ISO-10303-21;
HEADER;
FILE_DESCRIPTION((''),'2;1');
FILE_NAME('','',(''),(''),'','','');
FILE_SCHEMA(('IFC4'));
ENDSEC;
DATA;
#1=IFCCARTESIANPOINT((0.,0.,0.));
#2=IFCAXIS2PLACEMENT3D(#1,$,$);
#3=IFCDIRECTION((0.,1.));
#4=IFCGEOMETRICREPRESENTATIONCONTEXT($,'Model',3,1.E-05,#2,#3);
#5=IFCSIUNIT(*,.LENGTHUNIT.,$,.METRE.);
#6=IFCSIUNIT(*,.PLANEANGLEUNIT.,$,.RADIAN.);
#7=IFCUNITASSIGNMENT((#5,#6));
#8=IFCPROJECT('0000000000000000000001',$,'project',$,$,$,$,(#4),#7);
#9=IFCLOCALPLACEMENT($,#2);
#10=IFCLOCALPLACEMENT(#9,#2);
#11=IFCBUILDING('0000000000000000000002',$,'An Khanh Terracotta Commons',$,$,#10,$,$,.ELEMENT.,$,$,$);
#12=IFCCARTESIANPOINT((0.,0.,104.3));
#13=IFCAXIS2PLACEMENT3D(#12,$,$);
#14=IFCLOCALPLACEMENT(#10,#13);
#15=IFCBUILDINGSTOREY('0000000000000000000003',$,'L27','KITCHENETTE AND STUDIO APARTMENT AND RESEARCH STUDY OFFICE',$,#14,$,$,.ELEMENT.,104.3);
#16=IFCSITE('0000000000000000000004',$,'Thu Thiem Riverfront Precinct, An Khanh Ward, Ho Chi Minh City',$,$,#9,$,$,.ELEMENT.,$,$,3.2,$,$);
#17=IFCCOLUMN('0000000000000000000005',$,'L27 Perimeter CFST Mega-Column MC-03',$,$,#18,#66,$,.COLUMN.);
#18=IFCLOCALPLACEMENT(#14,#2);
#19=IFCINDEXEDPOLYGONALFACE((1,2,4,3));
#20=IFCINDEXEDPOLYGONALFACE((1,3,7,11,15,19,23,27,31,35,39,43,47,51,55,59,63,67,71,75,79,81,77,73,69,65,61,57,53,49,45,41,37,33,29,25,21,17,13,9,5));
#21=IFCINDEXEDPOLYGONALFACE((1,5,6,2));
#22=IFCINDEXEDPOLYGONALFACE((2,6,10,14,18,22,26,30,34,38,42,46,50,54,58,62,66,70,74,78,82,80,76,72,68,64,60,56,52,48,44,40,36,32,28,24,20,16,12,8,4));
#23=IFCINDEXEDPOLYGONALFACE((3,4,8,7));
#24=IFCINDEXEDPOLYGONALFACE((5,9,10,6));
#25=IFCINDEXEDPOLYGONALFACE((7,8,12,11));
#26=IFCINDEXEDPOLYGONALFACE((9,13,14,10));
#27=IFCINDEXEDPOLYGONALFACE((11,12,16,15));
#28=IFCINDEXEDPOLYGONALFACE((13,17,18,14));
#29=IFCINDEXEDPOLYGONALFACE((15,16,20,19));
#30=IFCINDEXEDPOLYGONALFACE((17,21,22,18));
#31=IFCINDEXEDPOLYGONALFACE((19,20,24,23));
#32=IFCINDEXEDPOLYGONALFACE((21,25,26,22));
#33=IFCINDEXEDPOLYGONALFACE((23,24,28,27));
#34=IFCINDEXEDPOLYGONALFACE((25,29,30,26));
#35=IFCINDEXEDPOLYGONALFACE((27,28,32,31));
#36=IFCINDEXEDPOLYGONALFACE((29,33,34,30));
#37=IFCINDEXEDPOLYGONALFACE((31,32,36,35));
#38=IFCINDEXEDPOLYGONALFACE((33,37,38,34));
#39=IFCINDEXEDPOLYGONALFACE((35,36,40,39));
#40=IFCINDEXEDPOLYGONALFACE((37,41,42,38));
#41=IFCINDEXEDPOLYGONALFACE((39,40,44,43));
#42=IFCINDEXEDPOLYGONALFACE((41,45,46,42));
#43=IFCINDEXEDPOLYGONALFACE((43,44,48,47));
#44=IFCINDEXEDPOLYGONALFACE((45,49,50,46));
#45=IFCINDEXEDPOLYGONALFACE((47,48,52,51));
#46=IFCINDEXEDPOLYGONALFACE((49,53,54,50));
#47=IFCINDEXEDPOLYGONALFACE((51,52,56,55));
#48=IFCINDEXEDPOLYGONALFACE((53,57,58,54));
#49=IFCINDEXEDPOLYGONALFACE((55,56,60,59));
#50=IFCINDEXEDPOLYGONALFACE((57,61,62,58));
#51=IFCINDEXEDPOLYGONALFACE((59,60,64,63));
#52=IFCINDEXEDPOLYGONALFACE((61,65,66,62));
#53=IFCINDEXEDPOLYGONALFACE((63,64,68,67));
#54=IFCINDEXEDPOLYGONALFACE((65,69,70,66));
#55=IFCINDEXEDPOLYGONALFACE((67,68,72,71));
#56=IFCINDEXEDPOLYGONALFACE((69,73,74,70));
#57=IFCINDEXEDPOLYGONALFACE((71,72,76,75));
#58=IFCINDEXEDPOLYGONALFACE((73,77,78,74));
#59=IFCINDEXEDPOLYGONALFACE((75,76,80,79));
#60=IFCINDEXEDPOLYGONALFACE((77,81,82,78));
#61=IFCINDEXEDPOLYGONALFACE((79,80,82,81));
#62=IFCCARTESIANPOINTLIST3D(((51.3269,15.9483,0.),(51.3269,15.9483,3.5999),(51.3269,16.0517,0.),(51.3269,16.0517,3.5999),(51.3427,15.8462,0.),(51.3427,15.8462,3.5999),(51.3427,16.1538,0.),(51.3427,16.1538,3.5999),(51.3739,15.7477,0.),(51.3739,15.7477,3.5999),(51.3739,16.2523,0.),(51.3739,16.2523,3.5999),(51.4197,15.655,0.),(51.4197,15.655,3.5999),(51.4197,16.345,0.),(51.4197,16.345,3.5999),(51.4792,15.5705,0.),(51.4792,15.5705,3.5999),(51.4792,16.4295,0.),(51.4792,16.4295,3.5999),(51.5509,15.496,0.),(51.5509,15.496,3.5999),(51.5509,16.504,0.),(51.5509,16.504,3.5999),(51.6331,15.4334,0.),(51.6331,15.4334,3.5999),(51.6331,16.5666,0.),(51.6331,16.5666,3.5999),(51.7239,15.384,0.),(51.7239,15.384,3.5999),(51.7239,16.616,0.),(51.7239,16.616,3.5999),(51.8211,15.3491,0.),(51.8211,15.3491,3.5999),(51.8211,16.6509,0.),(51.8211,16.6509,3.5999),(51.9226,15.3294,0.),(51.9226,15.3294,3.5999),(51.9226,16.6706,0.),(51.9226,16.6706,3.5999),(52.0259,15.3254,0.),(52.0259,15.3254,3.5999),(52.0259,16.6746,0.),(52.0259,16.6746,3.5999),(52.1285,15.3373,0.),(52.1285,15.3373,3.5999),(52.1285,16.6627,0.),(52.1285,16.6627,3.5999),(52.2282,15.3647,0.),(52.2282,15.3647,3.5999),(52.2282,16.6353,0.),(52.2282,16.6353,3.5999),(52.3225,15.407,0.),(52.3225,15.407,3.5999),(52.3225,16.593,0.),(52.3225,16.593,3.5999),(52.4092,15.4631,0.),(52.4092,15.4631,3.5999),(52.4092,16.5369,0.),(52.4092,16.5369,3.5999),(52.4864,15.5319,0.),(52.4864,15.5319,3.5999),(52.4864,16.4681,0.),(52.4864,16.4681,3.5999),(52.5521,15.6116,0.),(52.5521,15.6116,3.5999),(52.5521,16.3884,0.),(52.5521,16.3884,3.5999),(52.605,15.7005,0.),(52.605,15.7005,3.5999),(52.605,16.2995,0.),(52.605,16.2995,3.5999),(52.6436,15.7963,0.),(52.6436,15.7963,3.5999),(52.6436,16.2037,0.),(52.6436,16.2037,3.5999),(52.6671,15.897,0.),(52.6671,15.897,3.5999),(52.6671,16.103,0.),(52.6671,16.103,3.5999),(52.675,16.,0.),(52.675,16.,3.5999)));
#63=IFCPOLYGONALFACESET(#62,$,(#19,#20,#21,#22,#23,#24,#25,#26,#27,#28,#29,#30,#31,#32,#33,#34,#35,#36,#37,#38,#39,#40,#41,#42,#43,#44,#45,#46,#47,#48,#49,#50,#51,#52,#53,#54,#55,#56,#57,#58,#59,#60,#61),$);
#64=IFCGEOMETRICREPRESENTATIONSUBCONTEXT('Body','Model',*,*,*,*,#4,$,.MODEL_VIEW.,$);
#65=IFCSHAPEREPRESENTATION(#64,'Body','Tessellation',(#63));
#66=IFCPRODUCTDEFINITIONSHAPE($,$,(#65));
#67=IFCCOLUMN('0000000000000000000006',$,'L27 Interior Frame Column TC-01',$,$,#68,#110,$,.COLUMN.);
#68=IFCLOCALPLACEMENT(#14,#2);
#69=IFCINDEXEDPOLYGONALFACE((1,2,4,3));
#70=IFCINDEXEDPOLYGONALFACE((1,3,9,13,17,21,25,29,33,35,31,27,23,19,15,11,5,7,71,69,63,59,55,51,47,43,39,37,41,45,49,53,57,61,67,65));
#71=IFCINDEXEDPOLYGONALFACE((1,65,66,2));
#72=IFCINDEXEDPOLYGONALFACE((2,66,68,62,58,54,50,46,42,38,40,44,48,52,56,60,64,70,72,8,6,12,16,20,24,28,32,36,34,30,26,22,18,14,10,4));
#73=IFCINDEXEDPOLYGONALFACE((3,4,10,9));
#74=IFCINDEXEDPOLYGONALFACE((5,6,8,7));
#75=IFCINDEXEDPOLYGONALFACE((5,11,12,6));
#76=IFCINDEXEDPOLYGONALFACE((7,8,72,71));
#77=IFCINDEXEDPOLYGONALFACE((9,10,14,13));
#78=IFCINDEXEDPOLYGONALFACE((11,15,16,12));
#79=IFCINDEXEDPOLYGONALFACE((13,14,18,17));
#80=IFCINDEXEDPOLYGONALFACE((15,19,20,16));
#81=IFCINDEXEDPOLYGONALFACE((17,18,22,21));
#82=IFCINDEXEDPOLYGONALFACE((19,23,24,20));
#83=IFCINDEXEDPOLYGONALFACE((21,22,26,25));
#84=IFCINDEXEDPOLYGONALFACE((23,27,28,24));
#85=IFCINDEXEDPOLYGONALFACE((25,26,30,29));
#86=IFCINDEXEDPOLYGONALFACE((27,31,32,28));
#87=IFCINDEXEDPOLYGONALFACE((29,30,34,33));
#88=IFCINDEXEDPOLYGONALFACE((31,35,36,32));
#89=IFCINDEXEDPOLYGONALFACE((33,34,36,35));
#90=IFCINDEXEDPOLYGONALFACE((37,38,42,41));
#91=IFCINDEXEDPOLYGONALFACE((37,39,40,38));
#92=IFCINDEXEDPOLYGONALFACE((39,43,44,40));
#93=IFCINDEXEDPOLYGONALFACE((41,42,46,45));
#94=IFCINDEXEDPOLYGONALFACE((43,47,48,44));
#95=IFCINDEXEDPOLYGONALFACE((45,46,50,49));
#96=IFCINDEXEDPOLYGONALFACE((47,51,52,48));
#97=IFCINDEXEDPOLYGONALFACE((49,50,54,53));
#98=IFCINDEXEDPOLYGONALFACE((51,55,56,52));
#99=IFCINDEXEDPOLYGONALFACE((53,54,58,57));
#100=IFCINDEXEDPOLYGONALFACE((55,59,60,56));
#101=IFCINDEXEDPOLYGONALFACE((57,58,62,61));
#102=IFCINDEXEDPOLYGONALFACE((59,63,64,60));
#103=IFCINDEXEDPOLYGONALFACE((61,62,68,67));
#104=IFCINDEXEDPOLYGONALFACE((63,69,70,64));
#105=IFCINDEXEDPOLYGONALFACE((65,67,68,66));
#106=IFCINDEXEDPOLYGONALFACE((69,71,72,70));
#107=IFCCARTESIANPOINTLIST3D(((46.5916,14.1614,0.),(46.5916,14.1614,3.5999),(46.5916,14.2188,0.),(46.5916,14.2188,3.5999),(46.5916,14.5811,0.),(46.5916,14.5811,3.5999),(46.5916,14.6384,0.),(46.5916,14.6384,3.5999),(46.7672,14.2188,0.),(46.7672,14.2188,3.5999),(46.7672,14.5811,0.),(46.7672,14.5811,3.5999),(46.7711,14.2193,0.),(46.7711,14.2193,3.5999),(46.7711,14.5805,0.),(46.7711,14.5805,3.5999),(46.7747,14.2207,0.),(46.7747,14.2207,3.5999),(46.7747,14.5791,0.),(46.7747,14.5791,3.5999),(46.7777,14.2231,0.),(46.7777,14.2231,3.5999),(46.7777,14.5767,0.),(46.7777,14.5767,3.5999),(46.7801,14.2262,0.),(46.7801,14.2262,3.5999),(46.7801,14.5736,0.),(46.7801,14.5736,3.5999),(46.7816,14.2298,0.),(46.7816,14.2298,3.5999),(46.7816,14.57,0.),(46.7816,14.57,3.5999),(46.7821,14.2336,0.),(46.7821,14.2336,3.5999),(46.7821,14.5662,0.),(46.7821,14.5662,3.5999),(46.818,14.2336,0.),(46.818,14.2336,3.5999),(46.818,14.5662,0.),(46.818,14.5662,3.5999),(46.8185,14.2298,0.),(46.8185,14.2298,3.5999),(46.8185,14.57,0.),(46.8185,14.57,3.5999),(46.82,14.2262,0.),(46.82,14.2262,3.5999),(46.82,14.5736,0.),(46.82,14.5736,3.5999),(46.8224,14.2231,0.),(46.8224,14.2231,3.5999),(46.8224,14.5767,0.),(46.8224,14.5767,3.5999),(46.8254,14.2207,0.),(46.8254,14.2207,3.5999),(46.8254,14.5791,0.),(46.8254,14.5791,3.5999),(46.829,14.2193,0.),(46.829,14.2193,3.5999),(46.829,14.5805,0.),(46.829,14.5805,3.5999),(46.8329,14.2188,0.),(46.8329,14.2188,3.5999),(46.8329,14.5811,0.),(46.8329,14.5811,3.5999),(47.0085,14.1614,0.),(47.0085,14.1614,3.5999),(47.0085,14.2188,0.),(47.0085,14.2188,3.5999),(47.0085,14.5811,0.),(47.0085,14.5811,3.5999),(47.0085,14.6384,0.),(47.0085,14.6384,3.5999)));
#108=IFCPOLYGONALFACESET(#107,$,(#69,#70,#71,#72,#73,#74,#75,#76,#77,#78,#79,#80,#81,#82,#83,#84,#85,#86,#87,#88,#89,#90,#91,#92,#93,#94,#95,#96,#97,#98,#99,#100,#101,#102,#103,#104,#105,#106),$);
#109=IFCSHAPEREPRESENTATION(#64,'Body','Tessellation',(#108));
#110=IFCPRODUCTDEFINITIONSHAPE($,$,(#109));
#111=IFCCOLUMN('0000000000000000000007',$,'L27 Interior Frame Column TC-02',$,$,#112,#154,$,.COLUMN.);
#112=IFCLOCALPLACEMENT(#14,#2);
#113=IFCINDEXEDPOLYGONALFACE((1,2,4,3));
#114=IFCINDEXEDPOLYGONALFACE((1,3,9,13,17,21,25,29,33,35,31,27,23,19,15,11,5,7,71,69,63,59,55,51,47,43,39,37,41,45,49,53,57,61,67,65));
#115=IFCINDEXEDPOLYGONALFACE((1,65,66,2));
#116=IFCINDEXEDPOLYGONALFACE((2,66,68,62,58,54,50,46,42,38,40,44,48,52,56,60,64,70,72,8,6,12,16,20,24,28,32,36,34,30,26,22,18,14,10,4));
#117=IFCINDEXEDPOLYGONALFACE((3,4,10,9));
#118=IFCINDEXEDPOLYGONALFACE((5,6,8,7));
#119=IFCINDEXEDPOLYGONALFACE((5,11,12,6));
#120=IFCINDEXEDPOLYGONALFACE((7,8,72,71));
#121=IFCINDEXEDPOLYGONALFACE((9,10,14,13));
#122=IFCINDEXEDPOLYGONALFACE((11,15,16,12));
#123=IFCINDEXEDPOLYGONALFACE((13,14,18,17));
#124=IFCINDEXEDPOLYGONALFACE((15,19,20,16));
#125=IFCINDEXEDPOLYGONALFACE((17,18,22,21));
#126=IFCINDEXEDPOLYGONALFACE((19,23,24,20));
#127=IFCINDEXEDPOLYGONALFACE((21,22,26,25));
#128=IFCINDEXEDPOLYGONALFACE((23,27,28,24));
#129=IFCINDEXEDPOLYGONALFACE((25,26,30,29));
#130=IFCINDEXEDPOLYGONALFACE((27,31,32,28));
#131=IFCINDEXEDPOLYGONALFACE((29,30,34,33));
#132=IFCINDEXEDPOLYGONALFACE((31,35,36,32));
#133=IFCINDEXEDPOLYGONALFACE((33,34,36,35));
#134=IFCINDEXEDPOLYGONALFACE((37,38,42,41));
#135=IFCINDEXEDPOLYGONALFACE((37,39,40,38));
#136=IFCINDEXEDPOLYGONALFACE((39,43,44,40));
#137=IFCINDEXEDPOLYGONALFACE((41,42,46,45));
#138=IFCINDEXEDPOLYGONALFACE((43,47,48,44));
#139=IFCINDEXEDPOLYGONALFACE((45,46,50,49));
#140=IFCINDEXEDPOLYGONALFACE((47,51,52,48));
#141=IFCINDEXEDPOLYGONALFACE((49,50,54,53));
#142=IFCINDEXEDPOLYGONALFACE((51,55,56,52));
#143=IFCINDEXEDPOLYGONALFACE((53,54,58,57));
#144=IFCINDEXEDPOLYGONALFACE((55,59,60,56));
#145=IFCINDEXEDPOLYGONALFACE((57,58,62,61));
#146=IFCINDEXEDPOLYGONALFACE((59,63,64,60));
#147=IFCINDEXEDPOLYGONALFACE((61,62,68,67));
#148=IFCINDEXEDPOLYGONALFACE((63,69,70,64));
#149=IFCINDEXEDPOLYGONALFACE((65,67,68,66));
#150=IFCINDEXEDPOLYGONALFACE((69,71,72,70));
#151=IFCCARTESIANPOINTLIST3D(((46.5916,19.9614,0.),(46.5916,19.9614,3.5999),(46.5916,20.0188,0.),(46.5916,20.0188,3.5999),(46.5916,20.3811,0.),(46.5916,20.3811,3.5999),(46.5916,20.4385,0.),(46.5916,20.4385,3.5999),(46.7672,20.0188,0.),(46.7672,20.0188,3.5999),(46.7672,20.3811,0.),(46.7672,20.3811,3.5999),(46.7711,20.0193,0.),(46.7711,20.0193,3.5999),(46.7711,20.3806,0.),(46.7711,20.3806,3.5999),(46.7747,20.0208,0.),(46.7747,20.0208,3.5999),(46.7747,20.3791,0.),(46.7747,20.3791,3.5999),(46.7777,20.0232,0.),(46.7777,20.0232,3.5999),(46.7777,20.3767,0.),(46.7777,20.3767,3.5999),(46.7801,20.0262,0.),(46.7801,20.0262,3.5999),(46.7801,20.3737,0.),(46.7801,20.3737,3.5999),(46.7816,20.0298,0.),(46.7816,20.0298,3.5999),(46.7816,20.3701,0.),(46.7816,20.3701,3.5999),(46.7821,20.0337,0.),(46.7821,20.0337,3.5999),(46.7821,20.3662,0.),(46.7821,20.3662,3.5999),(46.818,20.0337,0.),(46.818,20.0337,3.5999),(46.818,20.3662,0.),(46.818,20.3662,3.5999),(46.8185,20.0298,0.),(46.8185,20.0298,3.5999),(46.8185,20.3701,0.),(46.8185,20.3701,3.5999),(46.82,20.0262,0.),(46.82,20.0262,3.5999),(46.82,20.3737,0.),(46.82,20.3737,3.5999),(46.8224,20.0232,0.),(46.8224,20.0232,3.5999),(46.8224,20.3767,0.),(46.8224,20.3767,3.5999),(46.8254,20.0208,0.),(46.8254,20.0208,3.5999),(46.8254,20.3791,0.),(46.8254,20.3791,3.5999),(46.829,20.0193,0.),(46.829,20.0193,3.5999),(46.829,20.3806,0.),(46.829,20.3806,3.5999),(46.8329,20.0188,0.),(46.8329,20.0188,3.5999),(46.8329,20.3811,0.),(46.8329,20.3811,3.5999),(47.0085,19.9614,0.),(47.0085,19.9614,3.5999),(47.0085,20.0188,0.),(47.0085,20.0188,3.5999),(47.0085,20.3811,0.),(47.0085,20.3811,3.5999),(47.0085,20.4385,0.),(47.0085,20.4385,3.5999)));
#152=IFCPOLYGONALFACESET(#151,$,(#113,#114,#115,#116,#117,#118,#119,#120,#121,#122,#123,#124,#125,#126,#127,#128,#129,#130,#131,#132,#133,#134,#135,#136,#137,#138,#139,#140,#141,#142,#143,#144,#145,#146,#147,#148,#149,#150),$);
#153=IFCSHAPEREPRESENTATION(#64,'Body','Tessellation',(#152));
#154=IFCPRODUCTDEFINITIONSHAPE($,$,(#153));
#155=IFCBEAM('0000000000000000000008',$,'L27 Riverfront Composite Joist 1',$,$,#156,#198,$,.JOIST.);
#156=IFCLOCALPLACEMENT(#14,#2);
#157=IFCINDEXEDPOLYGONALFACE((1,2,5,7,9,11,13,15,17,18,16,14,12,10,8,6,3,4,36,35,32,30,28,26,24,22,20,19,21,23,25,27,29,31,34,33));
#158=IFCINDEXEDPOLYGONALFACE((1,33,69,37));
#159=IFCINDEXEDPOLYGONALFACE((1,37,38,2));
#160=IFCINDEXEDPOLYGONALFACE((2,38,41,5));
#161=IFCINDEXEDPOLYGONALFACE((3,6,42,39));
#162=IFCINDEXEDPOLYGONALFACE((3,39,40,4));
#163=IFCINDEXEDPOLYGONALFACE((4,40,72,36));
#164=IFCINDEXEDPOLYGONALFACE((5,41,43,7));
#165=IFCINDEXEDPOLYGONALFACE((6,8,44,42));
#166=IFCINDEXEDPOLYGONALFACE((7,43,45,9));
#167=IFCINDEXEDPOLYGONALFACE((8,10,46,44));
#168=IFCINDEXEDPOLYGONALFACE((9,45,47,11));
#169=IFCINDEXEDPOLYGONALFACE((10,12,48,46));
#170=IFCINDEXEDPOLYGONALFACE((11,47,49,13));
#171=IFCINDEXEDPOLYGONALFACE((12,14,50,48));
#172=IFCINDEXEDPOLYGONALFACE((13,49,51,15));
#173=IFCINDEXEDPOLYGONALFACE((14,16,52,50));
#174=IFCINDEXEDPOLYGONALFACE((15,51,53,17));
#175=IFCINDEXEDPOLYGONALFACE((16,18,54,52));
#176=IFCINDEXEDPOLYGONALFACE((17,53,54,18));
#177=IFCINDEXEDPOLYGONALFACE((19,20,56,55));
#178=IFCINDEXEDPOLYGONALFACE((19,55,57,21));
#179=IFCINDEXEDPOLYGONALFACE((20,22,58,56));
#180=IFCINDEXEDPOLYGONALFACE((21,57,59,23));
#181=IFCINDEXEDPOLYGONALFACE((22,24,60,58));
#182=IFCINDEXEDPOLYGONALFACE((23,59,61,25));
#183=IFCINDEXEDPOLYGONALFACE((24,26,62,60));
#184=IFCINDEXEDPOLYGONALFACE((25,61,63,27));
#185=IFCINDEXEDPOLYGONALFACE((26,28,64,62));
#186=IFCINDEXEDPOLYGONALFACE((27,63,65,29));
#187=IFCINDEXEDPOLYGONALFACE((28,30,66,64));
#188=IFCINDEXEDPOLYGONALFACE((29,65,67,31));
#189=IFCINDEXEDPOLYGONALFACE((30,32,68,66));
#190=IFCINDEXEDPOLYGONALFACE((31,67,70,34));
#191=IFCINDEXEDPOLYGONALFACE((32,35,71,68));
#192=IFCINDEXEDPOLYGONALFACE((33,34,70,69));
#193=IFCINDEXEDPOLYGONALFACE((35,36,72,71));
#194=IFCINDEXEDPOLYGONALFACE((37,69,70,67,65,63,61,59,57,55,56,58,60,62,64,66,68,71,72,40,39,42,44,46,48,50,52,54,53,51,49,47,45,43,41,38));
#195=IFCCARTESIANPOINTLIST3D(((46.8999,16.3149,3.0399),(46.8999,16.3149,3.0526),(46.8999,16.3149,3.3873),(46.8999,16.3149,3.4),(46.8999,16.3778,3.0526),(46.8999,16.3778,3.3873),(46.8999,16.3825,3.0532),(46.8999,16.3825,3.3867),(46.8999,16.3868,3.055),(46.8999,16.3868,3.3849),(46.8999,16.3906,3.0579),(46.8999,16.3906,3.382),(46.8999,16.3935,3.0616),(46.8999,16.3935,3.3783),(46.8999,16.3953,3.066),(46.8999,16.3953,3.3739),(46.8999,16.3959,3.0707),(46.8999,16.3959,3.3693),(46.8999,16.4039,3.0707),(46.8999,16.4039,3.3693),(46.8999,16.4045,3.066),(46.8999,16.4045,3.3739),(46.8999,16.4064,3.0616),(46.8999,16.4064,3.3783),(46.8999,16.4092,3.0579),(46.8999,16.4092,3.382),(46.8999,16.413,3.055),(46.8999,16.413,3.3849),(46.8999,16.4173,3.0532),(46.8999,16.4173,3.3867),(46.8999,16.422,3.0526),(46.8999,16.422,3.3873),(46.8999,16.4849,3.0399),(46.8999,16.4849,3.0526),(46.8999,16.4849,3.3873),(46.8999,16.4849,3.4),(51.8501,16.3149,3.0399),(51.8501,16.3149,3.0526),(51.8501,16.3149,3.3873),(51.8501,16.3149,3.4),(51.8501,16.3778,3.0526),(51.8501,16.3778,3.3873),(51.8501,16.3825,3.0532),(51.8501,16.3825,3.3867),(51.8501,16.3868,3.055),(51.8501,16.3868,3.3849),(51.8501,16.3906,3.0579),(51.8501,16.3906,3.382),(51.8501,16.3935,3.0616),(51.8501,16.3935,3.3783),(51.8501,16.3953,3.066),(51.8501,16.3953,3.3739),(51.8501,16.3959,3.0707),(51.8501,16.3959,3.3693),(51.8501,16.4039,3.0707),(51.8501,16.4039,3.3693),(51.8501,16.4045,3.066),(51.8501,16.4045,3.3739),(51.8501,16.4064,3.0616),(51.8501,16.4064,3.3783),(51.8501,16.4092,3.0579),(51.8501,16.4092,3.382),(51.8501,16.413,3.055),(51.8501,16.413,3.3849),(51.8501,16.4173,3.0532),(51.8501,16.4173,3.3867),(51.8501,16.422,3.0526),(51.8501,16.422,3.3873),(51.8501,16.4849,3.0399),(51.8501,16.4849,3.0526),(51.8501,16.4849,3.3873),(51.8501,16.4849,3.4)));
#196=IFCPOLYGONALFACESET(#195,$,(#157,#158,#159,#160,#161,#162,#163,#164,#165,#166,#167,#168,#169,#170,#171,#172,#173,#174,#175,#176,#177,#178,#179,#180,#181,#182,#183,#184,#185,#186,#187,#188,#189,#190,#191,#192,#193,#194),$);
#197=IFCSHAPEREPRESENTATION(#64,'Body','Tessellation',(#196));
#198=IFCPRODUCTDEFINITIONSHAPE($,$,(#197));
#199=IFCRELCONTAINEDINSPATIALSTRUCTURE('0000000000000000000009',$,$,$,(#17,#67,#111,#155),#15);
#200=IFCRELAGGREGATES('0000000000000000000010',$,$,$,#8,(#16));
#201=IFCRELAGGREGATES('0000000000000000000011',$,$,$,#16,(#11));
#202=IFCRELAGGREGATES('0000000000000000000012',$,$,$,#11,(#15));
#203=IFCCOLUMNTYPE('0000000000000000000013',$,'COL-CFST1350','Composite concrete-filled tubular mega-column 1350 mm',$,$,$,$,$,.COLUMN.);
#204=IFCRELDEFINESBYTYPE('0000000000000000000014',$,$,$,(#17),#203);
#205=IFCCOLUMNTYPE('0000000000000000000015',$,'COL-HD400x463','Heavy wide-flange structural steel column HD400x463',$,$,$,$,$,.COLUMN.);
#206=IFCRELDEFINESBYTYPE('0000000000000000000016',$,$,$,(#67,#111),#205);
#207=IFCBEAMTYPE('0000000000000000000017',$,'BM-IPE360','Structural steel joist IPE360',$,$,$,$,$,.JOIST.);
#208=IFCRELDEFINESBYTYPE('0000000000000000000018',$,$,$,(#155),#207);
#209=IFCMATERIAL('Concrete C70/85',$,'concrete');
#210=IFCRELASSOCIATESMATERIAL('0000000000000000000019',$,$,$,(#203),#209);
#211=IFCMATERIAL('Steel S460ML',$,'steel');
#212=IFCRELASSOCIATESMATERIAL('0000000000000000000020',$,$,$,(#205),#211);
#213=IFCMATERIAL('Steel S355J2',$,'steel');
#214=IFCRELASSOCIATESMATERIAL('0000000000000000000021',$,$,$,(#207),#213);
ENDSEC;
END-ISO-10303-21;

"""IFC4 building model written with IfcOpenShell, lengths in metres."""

from ifc_helpers import new_model, si_unit, direction, frame, origin, origin_2d, place, context, subcontext, project, spatial, circle, i_section, extrude, material, material_profile, profile_set, type_object, element, save


model = new_model("IFC4")

# Units and contexts
model_context = context("Model", 3, precision=1e-05, world=origin(), true_north=direction((0.0, 1.0)))
body_context = subcontext(model_context, "Body", "Model", "MODEL_VIEW")
ifc_project = project(units=[si_unit("LENGTHUNIT", "METRE"), si_unit("PLANEANGLEUNIT", "RADIAN")], contexts=[model_context])

# Site, building, storey
site_placement = place(None, origin())
site = spatial("IfcSite", under=ifc_project, at=site_placement, Name="Thu Thiem Riverfront Precinct, An Khanh Ward, Ho Chi Minh City", CompositionType="ELEMENT", RefElevation=3.2)
building_placement = place(site_placement, origin())
building = spatial("IfcBuilding", under=site, at=building_placement, Name="An Khanh Terracotta Commons", CompositionType="ELEMENT")
storey_placement = place(building_placement, frame((0.0, 0.0, 104.3)))
storey = spatial("IfcBuildingStorey", under=building, at=storey_placement, Name="L27", Description="KITCHENETTE AND STUDIO APARTMENT AND RESEARCH STUDY OFFICE", CompositionType="ELEMENT", Elevation=104.3)

# Columns
ifc_material_1 = material(Name="Concrete C70/85", Category="concrete")
ifc_material_profile_1 = material_profile(ifc_material_1, circle(Radius=0.675, at=origin_2d()), Name="CFST1350")
ifc_profile_set_1 = profile_set([ifc_material_profile_1], Name="Concrete C70/85")
column_type_1 = type_object("IfcColumnType", Name="COL-CFST1350", Description="Composite concrete-filled tubular mega-column 1350 mm", PredefinedType="COLUMN", material=ifc_profile_set_1)
column_placement = place(storey_placement, frame((52.0, 16.0, 0.0), z_axis=(0.0, 0.0, 1.0), x_axis=(1.0, 0.0, 0.0)))
element("IfcColumn", 1, at=column_placement, inside=storey, type_object=column_type_1, Name="L27 Perimeter CFST Mega-Column MC-03", PredefinedType="COLUMN", context=body_context, shape_type="SweptSolid", body=[
    extrude(circle(Radius=0.675, at=origin_2d()), origin(), (0.0, 0.0, 1.0), 3.5999),
])
ifc_material_2 = material(Name="Steel S460ML", Category="steel")
ifc_material_profile_2 = material_profile(ifc_material_2, i_section(OverallWidth=0.417, OverallDepth=0.4771, WebThickness=0.0359, FlangeThickness=0.0574, FilletRadius=0.0149, at=origin_2d()), Name="HD400x463")
ifc_profile_set_2 = profile_set([ifc_material_profile_2], Name="Steel S460ML")
column_type_2 = type_object("IfcColumnType", Name="COL-HD400x463", Description="Heavy wide-flange structural steel column HD400x463", PredefinedType="COLUMN", material=ifc_profile_set_2)
for number, where, z_axis, x_axis, name in (
    (2, (46.8, 14.3999, 0.0), (0.0, 0.0, 1.0), (1.0, 0.0, 0.0), "L27 Interior Frame Column TC-01"),
    (3, (46.8, 20.2, 0.0), (0.0, 0.0, 1.0), (1.0, 0.0, 0.0), "L27 Interior Frame Column TC-02"),
):
    element("IfcColumn", number, at=place(storey_placement, frame(where, z_axis=z_axis, x_axis=x_axis)), inside=storey, type_object=column_type_2, Name=name, PredefinedType="COLUMN", context=body_context, shape_type="SweptSolid", body=[
        extrude(i_section(OverallWidth=0.417, OverallDepth=0.4771, WebThickness=0.0359, FlangeThickness=0.0574, FilletRadius=0.0149, at=origin_2d()), origin(), (0.0, 0.0, 1.0), 3.5999),
    ])

# Beam
ifc_material_3 = material(Name="Steel S355J2", Category="steel")
ifc_material_profile_3 = material_profile(ifc_material_3, i_section(OverallWidth=0.1699, OverallDepth=0.3601, WebThickness=0.0081, FlangeThickness=0.0127, FilletRadius=0.0181, at=origin_2d()), Name="IPE360")
ifc_profile_set_3 = profile_set([ifc_material_profile_3], Name="Steel S355J2")
beam_type_1 = type_object("IfcBeamType", Name="BM-IPE360", Description="Structural steel joist IPE360", PredefinedType="JOIST", material=ifc_profile_set_3)
for number, where, z_axis, x_axis, name in (
    (4, (46.8999, 16.3999, 3.22), (1.0, 0.0, 0.0), (0.0, 1.0, 0.0), "L27 Riverfront Composite Joist 1"),
):
    element("IfcBeam", number, at=place(storey_placement, frame(where, z_axis=z_axis, x_axis=x_axis)), inside=storey, type_object=beam_type_1, Name=name, PredefinedType="JOIST", context=body_context, shape_type="SweptSolid", body=[
        extrude(i_section(OverallWidth=0.1699, OverallDepth=0.3601, WebThickness=0.0081, FlangeThickness=0.0127, FilletRadius=0.0181, at=origin_2d()), origin(), (0.0, 0.0, 1.0), 4.9502),
    ])

save(model, "model.ifc")
